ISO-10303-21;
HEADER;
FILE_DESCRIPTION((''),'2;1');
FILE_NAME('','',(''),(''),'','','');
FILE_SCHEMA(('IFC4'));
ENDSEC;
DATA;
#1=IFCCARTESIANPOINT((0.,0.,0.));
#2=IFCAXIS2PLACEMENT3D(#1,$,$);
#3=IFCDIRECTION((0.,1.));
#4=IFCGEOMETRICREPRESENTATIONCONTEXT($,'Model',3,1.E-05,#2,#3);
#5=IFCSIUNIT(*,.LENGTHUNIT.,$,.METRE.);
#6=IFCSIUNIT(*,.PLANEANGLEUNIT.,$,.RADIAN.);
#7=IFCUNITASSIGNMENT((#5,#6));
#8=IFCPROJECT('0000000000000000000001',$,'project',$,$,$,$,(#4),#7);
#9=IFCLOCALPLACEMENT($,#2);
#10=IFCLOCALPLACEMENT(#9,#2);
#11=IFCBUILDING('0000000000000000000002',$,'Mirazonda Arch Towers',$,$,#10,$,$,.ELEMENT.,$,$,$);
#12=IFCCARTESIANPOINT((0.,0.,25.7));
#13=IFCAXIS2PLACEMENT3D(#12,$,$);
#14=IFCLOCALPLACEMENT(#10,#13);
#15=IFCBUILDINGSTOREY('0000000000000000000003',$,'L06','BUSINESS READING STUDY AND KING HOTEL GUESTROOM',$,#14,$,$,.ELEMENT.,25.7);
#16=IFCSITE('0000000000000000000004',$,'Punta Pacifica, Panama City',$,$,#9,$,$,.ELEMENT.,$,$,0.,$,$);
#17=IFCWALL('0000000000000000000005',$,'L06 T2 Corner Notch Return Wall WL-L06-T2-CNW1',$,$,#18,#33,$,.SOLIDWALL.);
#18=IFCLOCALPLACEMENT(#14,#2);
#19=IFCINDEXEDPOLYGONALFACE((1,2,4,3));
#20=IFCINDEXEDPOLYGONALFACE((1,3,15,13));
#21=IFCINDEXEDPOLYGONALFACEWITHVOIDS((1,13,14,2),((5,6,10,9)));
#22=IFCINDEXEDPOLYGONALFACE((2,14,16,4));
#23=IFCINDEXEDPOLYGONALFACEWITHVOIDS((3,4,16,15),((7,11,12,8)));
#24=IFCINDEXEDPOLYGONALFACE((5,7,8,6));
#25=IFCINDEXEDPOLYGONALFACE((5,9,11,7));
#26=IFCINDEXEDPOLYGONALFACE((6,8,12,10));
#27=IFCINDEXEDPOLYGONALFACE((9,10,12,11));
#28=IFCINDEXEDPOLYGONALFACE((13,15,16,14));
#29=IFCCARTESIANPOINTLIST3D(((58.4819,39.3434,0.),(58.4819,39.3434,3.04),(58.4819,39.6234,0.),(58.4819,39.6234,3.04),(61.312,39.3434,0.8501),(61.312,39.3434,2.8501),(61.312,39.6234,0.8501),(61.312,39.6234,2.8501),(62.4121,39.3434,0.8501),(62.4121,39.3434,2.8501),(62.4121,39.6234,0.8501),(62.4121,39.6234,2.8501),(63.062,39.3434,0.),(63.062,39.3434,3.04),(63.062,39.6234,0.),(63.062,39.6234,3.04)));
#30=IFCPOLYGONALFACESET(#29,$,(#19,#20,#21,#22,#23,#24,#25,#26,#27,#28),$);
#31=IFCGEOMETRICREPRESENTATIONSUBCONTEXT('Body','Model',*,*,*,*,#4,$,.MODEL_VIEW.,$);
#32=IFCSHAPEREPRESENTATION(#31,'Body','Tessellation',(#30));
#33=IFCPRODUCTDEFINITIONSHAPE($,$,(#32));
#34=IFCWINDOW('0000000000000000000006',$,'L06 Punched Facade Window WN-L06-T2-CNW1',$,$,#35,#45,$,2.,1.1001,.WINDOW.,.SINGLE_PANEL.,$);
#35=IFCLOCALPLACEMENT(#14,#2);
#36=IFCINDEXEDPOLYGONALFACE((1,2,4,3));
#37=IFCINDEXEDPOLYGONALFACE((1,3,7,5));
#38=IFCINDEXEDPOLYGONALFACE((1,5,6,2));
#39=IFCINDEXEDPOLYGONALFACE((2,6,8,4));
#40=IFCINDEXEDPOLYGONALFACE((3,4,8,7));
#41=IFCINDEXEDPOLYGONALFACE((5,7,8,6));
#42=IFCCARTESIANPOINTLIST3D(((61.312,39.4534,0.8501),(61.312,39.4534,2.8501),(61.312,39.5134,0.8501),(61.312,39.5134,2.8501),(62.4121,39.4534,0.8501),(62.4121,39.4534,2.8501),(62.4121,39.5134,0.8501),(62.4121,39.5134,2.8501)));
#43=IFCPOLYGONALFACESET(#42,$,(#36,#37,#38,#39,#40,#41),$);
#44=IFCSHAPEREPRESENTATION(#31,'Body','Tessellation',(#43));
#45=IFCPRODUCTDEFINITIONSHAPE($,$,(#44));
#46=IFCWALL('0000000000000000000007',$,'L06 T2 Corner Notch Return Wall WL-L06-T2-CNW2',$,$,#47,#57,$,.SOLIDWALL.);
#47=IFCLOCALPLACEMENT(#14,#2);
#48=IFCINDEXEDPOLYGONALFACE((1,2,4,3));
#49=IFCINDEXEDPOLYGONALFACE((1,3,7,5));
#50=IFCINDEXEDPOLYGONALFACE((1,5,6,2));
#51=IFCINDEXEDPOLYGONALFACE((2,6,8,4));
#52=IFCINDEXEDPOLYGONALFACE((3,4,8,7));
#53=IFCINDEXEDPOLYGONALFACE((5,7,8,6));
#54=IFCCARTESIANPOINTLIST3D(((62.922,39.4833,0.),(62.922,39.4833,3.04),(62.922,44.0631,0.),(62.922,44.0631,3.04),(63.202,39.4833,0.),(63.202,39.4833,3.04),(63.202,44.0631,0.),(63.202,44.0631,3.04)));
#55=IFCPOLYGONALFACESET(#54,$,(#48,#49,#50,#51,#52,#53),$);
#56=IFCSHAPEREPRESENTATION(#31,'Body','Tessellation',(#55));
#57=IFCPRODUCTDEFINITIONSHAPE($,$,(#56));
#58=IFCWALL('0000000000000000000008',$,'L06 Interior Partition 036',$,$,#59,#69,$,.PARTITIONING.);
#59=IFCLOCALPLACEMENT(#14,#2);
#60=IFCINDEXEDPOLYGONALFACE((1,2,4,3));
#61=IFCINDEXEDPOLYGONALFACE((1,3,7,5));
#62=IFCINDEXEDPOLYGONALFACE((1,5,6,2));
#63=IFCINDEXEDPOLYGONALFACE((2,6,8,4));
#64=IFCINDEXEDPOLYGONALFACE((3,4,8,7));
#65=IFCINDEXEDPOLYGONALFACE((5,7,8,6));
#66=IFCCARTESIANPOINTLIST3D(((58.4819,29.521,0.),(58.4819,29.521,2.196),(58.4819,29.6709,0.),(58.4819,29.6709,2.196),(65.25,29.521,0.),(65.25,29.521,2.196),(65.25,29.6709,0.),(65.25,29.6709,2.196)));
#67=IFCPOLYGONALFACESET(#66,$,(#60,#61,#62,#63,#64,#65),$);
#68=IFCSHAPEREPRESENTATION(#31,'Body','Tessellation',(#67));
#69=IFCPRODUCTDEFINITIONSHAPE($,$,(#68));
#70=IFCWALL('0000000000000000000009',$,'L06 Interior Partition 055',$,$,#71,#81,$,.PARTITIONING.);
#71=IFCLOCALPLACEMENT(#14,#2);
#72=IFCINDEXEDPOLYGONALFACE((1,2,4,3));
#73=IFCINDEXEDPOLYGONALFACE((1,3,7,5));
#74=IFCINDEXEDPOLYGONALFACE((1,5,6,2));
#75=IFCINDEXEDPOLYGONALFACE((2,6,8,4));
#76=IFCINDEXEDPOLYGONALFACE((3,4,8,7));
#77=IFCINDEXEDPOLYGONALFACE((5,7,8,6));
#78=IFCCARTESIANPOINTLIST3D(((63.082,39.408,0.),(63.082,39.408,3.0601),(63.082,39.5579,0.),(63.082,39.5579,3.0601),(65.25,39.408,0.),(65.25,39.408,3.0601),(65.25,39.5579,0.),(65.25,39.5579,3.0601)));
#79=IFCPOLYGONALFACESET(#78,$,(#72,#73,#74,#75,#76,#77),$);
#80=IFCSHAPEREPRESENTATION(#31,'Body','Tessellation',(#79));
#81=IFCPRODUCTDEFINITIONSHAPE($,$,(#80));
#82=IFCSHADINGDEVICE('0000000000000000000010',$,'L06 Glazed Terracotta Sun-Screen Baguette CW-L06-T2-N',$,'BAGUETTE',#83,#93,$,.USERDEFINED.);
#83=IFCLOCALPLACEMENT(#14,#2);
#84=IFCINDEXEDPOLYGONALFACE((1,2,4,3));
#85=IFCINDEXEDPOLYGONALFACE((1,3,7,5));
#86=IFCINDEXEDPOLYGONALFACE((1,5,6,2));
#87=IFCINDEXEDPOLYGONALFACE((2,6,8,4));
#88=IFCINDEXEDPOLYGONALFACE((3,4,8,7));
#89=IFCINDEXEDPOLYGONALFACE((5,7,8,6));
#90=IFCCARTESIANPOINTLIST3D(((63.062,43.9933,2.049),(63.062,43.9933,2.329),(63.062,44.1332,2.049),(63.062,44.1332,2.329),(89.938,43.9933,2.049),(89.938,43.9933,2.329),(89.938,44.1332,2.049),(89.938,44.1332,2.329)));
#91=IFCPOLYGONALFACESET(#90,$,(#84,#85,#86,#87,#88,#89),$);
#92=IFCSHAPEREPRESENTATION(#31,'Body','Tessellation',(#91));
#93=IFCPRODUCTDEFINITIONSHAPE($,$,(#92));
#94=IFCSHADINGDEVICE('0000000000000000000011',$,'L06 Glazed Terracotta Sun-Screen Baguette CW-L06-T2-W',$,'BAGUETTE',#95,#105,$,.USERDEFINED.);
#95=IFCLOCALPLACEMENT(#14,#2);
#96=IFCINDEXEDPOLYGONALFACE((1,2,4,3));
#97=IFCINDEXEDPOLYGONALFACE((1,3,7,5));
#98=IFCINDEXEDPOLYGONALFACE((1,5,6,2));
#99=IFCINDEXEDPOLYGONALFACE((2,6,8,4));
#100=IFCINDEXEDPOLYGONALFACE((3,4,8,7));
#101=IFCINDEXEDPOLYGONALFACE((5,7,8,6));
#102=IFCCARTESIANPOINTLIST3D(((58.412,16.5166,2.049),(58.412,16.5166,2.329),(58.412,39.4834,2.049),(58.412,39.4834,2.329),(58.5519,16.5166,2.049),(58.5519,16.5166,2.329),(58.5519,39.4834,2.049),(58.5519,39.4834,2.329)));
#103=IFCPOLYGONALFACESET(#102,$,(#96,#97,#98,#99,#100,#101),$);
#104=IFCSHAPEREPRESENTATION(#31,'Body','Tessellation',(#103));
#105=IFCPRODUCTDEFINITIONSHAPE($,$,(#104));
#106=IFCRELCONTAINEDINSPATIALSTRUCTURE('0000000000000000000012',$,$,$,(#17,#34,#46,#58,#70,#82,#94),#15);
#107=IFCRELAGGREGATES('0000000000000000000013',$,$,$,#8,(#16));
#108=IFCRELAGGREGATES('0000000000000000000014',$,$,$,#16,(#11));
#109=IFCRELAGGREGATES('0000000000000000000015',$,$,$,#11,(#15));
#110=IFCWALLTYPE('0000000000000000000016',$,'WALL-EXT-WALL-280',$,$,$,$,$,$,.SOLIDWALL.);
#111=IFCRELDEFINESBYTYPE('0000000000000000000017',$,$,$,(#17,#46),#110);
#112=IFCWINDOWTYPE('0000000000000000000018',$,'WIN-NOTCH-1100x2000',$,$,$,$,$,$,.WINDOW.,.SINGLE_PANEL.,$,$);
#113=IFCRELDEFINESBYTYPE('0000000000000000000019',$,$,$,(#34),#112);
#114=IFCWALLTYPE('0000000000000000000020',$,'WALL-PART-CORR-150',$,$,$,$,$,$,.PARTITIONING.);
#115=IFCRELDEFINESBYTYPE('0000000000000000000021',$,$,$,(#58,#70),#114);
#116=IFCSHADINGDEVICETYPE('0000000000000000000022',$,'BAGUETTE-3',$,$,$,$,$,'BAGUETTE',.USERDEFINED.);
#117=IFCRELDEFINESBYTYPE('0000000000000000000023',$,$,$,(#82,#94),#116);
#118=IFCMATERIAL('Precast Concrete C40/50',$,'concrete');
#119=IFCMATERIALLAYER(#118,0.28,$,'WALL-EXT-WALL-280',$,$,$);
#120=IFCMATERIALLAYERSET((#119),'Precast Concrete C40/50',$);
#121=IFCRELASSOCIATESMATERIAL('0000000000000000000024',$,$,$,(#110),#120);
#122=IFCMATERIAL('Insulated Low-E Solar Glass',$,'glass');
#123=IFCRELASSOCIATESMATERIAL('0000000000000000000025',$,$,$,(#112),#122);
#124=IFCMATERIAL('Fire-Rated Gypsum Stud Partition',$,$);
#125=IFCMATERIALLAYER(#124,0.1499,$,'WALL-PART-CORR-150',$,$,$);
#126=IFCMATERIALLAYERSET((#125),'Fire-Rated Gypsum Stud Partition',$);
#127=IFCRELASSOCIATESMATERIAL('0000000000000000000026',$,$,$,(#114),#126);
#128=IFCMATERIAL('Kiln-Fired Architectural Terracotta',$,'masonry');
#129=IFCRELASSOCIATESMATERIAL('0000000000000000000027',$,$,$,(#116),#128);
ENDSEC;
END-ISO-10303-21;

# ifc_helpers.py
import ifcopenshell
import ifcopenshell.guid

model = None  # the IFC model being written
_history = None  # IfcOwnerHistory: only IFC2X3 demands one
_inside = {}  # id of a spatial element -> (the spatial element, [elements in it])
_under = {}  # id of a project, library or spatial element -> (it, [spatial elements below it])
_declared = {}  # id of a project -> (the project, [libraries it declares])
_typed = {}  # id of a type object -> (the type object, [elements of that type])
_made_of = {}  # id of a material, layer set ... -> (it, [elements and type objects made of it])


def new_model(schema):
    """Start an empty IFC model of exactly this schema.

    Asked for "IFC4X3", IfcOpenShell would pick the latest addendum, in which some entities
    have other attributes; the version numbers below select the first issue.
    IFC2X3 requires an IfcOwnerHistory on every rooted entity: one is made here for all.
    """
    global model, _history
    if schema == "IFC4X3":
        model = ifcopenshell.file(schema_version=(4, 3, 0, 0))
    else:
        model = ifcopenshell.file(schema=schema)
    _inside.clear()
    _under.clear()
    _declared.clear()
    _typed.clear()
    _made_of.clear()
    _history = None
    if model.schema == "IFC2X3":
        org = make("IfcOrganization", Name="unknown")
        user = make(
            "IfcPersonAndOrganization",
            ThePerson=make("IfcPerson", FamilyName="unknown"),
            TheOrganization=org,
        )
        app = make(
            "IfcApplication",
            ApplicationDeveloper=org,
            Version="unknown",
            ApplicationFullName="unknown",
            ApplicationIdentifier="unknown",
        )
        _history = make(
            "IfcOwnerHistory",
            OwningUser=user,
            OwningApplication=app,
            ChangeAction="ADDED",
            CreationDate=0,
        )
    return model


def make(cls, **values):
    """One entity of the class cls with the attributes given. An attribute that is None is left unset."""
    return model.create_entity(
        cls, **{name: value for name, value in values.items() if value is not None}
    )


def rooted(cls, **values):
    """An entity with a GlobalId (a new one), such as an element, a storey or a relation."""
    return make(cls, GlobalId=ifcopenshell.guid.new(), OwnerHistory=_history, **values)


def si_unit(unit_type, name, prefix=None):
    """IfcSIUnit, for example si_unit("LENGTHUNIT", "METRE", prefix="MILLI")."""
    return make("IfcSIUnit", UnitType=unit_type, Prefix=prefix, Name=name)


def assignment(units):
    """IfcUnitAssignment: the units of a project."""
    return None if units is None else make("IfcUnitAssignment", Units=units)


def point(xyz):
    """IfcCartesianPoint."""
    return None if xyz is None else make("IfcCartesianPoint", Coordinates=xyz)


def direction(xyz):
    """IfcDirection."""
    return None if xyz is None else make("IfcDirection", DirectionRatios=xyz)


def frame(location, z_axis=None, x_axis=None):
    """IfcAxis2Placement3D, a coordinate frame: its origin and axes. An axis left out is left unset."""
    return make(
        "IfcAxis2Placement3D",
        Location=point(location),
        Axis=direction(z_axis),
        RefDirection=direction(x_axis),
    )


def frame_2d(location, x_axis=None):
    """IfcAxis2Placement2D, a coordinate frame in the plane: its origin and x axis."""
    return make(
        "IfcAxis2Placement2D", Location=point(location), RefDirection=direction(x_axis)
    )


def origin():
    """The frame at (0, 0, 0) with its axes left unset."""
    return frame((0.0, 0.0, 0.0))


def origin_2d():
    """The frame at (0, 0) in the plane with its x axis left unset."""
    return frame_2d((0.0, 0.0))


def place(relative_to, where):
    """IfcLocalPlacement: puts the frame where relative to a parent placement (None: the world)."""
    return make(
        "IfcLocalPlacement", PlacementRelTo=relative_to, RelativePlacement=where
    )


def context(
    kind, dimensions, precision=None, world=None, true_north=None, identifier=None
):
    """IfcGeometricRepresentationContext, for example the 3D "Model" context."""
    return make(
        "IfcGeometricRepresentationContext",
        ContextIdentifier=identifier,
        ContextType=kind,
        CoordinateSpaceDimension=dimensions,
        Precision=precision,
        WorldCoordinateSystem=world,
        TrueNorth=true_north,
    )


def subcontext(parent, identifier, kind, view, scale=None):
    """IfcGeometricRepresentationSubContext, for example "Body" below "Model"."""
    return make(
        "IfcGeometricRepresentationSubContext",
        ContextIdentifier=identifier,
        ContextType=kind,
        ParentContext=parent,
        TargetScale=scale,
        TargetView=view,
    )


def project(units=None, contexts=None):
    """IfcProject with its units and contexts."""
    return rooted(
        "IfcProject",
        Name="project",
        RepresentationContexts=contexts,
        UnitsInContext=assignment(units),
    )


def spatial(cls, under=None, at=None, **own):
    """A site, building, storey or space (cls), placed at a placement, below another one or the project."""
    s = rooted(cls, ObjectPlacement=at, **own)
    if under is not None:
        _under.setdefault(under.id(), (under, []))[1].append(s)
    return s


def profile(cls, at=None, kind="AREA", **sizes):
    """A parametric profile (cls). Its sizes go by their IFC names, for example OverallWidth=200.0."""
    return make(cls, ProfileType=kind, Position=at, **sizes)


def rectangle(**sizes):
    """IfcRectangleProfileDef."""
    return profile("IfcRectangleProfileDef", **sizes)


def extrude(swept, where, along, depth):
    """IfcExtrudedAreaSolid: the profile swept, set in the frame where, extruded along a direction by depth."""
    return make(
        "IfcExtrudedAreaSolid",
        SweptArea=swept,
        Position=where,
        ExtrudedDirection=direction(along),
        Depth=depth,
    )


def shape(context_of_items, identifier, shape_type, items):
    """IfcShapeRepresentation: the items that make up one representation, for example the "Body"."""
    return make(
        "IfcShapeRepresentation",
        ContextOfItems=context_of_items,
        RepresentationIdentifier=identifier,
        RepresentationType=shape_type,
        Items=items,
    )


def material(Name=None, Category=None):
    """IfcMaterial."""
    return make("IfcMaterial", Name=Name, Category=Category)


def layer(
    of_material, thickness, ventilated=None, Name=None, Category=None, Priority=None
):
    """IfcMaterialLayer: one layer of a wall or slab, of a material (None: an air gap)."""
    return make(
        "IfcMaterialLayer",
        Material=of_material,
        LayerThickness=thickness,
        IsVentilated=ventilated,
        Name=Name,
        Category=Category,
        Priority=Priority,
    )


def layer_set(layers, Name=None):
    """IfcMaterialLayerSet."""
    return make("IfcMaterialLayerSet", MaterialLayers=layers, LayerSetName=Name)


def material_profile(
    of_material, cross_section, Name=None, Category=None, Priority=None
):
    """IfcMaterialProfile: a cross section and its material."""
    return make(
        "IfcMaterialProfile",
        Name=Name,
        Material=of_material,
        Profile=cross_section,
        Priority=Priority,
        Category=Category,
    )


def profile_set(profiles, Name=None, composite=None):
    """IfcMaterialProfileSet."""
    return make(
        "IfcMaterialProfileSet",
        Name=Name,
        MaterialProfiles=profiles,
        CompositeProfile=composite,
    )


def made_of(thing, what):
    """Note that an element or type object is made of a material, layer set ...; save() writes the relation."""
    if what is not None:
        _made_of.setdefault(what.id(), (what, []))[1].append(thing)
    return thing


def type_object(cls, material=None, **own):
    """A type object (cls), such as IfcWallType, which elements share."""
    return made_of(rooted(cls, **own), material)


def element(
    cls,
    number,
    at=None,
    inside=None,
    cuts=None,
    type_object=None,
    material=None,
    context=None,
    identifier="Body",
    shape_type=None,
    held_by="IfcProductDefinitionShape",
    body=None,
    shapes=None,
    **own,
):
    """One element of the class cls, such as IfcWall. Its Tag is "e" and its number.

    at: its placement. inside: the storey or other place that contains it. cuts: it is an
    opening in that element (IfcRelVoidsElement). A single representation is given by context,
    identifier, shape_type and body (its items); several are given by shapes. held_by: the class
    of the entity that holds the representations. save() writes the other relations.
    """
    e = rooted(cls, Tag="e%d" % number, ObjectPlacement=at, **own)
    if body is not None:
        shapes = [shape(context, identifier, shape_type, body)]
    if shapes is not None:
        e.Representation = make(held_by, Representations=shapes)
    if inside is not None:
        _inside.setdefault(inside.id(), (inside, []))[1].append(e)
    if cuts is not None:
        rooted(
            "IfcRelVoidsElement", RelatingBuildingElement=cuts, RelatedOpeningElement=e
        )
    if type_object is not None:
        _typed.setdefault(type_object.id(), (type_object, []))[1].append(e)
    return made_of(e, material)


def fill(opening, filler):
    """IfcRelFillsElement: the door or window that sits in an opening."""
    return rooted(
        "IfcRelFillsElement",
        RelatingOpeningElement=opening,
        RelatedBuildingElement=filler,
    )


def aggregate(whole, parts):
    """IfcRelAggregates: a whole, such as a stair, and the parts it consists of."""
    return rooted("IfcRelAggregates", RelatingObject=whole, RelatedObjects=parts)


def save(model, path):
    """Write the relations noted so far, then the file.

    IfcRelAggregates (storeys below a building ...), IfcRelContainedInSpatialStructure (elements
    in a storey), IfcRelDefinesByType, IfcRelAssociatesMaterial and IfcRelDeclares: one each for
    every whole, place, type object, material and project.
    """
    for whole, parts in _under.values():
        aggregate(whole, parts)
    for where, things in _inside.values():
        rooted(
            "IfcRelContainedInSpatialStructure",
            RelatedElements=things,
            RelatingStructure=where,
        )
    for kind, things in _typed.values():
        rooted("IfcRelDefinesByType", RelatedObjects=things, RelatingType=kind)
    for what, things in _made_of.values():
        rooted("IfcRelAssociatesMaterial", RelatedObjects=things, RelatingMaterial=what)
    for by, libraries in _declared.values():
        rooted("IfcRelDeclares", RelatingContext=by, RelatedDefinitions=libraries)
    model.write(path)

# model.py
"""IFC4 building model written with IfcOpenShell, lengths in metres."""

from ifc_helpers import new_model, si_unit, direction, frame, frame_2d, origin, origin_2d, place, context, subcontext, project, spatial, rectangle, extrude, material, layer, layer_set, material_profile, profile_set, type_object, element, fill, save


model = new_model("IFC4")

# Units and contexts
model_context = context("Model", 3, precision=1e-05, world=origin(), true_north=direction((0.0, 1.0)))
body_context = subcontext(model_context, "Body", "Model", "MODEL_VIEW")
ifc_project = project(units=[si_unit("LENGTHUNIT", "METRE"), si_unit("PLANEANGLEUNIT", "RADIAN")], contexts=[model_context])

# Site, building, storey
site_placement = place(None, origin())
site = spatial("IfcSite", under=ifc_project, at=site_placement, Name="Punta Pacifica, Panama City", CompositionType="ELEMENT", RefElevation=0.0)
building_placement = place(site_placement, origin())
building = spatial("IfcBuilding", under=site, at=building_placement, Name="Mirazonda Arch Towers", CompositionType="ELEMENT")
storey_placement = place(building_placement, frame((0.0, 0.0, 25.7)))
storey = spatial("IfcBuildingStorey", under=building, at=storey_placement, Name="L06", Description="BUSINESS READING STUDY AND KING HOTEL GUESTROOM", CompositionType="ELEMENT", Elevation=25.7)

# Shared definitions
ifc_material_1 = material(Name="Insulated Low-E Solar Glass", Category="glass")

# Wall, opening, window
ifc_material_2 = material(Name="Precast Concrete C40/50", Category="concrete")
ifc_layer_1 = layer(ifc_material_2, 0.28, Name="WALL-EXT-WALL-280")
ifc_layer_set_1 = layer_set([ifc_layer_1], Name="Precast Concrete C40/50")
wall_type_1 = type_object("IfcWallType", Name="WALL-EXT-WALL-280", PredefinedType="SOLIDWALL", material=ifc_layer_set_1)
window_type = type_object("IfcWindowType", Name="WIN-NOTCH-1100x2000", PartitioningType="SINGLE_PANEL", PredefinedType="WINDOW", material=ifc_material_1)
wall_1_placement = place(storey_placement, frame((63.062, 39.4834, 0.0), z_axis=(0.0, 0.0, 1.0), x_axis=(-1.0, 0.0, 0.0)))
wall_1 = element("IfcWall", 1, at=wall_1_placement, inside=storey, type_object=wall_type_1, Name="L06 T2 Corner Notch Return Wall WL-L06-T2-CNW1", PredefinedType="SOLIDWALL", context=body_context, shape_type="SweptSolid", body=[
    extrude(rectangle(XDim=4.5801, YDim=0.28, at=frame_2d((2.29, 0.0))), origin(), (0.0, 0.0, 1.0), 3.04),
])
opening_1_placement = place(wall_1_placement, frame((0.6499, 0.0, 0.8501)))
opening_1 = element("IfcOpeningElement", 2, at=opening_1_placement, cuts=wall_1, PredefinedType="OPENING", context=body_context, shape_type="SweptSolid", body=[
    extrude(rectangle(XDim=1.1001, YDim=2.0, at=frame_2d((0.55, 1.0))), frame((0.0, 0.1499, 0.0), z_axis=(0.0, -1.0, 0.0), x_axis=(1.0, 0.0, 0.0)), (0.0, 0.0, 1.0), 0.3),
])
window_1_placement = place(opening_1_placement, origin())
window_1 = element("IfcWindow", 3, at=window_1_placement, inside=storey, type_object=window_type, Name="L06 Punched Facade Window WN-L06-T2-CNW1", OverallHeight=2.0, OverallWidth=1.1001, PartitioningType="SINGLE_PANEL", PredefinedType="WINDOW", context=body_context, shape_type="SweptSolid", body=[
    extrude(rectangle(XDim=1.1001, YDim=2.0, at=frame_2d((0.55, 1.0))), frame((0.0, 0.03, 0.0), z_axis=(0.0, -1.0, 0.0), x_axis=(1.0, 0.0, 0.0)), (0.0, 0.0, 1.0), 0.0601),
])
fill(opening_1, window_1)

# Walls
wall_2_placement = place(storey_placement, frame((63.062, 44.0632, 0.0), z_axis=(0.0, 0.0, 1.0), x_axis=(0.0, -1.0, 0.0)))
element("IfcWall", 4, at=wall_2_placement, inside=storey, type_object=wall_type_1, Name="L06 T2 Corner Notch Return Wall WL-L06-T2-CNW2", PredefinedType="SOLIDWALL", context=body_context, shape_type="SweptSolid", body=[
    extrude(rectangle(XDim=4.5798, YDim=0.28, at=frame_2d((2.29, 0.0))), origin(), (0.0, 0.0, 1.0), 3.04),
])
ifc_material_3 = material(Name="Fire-Rated Gypsum Stud Partition")
ifc_layer_2 = layer(ifc_material_3, 0.1499, Name="WALL-PART-CORR-150")
ifc_layer_set_2 = layer_set([ifc_layer_2], Name="Fire-Rated Gypsum Stud Partition")
wall_type_2 = type_object("IfcWallType", Name="WALL-PART-CORR-150", PredefinedType="PARTITIONING", material=ifc_layer_set_2)
wall_3_placement = place(storey_placement, frame((58.4819, 29.5959, 0.0), z_axis=(0.0, 0.0, 1.0), x_axis=(1.0, 0.0, 0.0)))
element("IfcWall", 5, at=wall_3_placement, inside=storey, type_object=wall_type_2, Name="L06 Interior Partition 036", PredefinedType="PARTITIONING", context=body_context, shape_type="SweptSolid", body=[
    extrude(rectangle(XDim=6.7681, YDim=0.1499, at=frame_2d((3.384, 0.0))), origin(), (0.0, 0.0, 1.0), 2.196),
])

# Wall
wall_4_placement = place(storey_placement, frame((63.082, 39.4829, 0.0), z_axis=(0.0, 0.0, 1.0), x_axis=(1.0, 0.0, 0.0)))
element("IfcWall", 6, at=wall_4_placement, inside=storey, type_object=wall_type_2, Name="L06 Interior Partition 055", PredefinedType="PARTITIONING", context=body_context, shape_type="SweptSolid", body=[
    extrude(rectangle(XDim=2.168, YDim=0.1499, at=frame_2d((1.084, 0.0))), origin(), (0.0, 0.0, 1.0), 3.0601),
])

# Shading devices
ifc_material_4 = material(Name="Kiln-Fired Architectural Terracotta", Category="masonry")
ifc_material_profile_1 = material_profile(ifc_material_4, rectangle(XDim=0.1399, YDim=0.28, at=origin_2d()), Name="TERRA-BAG-140x280")
ifc_profile_set_1 = profile_set([ifc_material_profile_1], Name="Kiln-Fired Architectural Terracotta")
shading_device_type = type_object("IfcShadingDeviceType", Name="BAGUETTE-3", ElementType="BAGUETTE", PredefinedType="USERDEFINED", material=ifc_profile_set_1)
shading_device_1_placement = place(storey_placement, frame((63.062, 44.0632, 2.189), z_axis=(1.0, 0.0, 0.0), x_axis=(0.0, 1.0, 0.0)))
element("IfcShadingDevice", 7, at=shading_device_1_placement, inside=storey, type_object=shading_device_type, Name="L06 Glazed Terracotta Sun-Screen Baguette CW-L06-T2-N", ObjectType="BAGUETTE", PredefinedType="USERDEFINED", context=body_context, shape_type="SweptSolid", body=[
    extrude(rectangle(XDim=0.1399, YDim=0.28, at=origin_2d()), origin(), (0.0, 0.0, 1.0), 26.876),
])
shading_device_2_placement = place(storey_placement, frame((58.4819, 39.4834, 2.189), z_axis=(0.0, -1.0, 0.0), x_axis=(1.0, 0.0, 0.0)))
element("IfcShadingDevice", 8, at=shading_device_2_placement, inside=storey, type_object=shading_device_type, Name="L06 Glazed Terracotta Sun-Screen Baguette CW-L06-T2-W", ObjectType="BAGUETTE", PredefinedType="USERDEFINED", context=body_context, shape_type="SweptSolid", body=[
    extrude(rectangle(XDim=0.1399, YDim=0.28, at=origin_2d()), origin(), (0.0, 0.0, 1.0), 22.9668),
])

save(model, "model.ifc")
